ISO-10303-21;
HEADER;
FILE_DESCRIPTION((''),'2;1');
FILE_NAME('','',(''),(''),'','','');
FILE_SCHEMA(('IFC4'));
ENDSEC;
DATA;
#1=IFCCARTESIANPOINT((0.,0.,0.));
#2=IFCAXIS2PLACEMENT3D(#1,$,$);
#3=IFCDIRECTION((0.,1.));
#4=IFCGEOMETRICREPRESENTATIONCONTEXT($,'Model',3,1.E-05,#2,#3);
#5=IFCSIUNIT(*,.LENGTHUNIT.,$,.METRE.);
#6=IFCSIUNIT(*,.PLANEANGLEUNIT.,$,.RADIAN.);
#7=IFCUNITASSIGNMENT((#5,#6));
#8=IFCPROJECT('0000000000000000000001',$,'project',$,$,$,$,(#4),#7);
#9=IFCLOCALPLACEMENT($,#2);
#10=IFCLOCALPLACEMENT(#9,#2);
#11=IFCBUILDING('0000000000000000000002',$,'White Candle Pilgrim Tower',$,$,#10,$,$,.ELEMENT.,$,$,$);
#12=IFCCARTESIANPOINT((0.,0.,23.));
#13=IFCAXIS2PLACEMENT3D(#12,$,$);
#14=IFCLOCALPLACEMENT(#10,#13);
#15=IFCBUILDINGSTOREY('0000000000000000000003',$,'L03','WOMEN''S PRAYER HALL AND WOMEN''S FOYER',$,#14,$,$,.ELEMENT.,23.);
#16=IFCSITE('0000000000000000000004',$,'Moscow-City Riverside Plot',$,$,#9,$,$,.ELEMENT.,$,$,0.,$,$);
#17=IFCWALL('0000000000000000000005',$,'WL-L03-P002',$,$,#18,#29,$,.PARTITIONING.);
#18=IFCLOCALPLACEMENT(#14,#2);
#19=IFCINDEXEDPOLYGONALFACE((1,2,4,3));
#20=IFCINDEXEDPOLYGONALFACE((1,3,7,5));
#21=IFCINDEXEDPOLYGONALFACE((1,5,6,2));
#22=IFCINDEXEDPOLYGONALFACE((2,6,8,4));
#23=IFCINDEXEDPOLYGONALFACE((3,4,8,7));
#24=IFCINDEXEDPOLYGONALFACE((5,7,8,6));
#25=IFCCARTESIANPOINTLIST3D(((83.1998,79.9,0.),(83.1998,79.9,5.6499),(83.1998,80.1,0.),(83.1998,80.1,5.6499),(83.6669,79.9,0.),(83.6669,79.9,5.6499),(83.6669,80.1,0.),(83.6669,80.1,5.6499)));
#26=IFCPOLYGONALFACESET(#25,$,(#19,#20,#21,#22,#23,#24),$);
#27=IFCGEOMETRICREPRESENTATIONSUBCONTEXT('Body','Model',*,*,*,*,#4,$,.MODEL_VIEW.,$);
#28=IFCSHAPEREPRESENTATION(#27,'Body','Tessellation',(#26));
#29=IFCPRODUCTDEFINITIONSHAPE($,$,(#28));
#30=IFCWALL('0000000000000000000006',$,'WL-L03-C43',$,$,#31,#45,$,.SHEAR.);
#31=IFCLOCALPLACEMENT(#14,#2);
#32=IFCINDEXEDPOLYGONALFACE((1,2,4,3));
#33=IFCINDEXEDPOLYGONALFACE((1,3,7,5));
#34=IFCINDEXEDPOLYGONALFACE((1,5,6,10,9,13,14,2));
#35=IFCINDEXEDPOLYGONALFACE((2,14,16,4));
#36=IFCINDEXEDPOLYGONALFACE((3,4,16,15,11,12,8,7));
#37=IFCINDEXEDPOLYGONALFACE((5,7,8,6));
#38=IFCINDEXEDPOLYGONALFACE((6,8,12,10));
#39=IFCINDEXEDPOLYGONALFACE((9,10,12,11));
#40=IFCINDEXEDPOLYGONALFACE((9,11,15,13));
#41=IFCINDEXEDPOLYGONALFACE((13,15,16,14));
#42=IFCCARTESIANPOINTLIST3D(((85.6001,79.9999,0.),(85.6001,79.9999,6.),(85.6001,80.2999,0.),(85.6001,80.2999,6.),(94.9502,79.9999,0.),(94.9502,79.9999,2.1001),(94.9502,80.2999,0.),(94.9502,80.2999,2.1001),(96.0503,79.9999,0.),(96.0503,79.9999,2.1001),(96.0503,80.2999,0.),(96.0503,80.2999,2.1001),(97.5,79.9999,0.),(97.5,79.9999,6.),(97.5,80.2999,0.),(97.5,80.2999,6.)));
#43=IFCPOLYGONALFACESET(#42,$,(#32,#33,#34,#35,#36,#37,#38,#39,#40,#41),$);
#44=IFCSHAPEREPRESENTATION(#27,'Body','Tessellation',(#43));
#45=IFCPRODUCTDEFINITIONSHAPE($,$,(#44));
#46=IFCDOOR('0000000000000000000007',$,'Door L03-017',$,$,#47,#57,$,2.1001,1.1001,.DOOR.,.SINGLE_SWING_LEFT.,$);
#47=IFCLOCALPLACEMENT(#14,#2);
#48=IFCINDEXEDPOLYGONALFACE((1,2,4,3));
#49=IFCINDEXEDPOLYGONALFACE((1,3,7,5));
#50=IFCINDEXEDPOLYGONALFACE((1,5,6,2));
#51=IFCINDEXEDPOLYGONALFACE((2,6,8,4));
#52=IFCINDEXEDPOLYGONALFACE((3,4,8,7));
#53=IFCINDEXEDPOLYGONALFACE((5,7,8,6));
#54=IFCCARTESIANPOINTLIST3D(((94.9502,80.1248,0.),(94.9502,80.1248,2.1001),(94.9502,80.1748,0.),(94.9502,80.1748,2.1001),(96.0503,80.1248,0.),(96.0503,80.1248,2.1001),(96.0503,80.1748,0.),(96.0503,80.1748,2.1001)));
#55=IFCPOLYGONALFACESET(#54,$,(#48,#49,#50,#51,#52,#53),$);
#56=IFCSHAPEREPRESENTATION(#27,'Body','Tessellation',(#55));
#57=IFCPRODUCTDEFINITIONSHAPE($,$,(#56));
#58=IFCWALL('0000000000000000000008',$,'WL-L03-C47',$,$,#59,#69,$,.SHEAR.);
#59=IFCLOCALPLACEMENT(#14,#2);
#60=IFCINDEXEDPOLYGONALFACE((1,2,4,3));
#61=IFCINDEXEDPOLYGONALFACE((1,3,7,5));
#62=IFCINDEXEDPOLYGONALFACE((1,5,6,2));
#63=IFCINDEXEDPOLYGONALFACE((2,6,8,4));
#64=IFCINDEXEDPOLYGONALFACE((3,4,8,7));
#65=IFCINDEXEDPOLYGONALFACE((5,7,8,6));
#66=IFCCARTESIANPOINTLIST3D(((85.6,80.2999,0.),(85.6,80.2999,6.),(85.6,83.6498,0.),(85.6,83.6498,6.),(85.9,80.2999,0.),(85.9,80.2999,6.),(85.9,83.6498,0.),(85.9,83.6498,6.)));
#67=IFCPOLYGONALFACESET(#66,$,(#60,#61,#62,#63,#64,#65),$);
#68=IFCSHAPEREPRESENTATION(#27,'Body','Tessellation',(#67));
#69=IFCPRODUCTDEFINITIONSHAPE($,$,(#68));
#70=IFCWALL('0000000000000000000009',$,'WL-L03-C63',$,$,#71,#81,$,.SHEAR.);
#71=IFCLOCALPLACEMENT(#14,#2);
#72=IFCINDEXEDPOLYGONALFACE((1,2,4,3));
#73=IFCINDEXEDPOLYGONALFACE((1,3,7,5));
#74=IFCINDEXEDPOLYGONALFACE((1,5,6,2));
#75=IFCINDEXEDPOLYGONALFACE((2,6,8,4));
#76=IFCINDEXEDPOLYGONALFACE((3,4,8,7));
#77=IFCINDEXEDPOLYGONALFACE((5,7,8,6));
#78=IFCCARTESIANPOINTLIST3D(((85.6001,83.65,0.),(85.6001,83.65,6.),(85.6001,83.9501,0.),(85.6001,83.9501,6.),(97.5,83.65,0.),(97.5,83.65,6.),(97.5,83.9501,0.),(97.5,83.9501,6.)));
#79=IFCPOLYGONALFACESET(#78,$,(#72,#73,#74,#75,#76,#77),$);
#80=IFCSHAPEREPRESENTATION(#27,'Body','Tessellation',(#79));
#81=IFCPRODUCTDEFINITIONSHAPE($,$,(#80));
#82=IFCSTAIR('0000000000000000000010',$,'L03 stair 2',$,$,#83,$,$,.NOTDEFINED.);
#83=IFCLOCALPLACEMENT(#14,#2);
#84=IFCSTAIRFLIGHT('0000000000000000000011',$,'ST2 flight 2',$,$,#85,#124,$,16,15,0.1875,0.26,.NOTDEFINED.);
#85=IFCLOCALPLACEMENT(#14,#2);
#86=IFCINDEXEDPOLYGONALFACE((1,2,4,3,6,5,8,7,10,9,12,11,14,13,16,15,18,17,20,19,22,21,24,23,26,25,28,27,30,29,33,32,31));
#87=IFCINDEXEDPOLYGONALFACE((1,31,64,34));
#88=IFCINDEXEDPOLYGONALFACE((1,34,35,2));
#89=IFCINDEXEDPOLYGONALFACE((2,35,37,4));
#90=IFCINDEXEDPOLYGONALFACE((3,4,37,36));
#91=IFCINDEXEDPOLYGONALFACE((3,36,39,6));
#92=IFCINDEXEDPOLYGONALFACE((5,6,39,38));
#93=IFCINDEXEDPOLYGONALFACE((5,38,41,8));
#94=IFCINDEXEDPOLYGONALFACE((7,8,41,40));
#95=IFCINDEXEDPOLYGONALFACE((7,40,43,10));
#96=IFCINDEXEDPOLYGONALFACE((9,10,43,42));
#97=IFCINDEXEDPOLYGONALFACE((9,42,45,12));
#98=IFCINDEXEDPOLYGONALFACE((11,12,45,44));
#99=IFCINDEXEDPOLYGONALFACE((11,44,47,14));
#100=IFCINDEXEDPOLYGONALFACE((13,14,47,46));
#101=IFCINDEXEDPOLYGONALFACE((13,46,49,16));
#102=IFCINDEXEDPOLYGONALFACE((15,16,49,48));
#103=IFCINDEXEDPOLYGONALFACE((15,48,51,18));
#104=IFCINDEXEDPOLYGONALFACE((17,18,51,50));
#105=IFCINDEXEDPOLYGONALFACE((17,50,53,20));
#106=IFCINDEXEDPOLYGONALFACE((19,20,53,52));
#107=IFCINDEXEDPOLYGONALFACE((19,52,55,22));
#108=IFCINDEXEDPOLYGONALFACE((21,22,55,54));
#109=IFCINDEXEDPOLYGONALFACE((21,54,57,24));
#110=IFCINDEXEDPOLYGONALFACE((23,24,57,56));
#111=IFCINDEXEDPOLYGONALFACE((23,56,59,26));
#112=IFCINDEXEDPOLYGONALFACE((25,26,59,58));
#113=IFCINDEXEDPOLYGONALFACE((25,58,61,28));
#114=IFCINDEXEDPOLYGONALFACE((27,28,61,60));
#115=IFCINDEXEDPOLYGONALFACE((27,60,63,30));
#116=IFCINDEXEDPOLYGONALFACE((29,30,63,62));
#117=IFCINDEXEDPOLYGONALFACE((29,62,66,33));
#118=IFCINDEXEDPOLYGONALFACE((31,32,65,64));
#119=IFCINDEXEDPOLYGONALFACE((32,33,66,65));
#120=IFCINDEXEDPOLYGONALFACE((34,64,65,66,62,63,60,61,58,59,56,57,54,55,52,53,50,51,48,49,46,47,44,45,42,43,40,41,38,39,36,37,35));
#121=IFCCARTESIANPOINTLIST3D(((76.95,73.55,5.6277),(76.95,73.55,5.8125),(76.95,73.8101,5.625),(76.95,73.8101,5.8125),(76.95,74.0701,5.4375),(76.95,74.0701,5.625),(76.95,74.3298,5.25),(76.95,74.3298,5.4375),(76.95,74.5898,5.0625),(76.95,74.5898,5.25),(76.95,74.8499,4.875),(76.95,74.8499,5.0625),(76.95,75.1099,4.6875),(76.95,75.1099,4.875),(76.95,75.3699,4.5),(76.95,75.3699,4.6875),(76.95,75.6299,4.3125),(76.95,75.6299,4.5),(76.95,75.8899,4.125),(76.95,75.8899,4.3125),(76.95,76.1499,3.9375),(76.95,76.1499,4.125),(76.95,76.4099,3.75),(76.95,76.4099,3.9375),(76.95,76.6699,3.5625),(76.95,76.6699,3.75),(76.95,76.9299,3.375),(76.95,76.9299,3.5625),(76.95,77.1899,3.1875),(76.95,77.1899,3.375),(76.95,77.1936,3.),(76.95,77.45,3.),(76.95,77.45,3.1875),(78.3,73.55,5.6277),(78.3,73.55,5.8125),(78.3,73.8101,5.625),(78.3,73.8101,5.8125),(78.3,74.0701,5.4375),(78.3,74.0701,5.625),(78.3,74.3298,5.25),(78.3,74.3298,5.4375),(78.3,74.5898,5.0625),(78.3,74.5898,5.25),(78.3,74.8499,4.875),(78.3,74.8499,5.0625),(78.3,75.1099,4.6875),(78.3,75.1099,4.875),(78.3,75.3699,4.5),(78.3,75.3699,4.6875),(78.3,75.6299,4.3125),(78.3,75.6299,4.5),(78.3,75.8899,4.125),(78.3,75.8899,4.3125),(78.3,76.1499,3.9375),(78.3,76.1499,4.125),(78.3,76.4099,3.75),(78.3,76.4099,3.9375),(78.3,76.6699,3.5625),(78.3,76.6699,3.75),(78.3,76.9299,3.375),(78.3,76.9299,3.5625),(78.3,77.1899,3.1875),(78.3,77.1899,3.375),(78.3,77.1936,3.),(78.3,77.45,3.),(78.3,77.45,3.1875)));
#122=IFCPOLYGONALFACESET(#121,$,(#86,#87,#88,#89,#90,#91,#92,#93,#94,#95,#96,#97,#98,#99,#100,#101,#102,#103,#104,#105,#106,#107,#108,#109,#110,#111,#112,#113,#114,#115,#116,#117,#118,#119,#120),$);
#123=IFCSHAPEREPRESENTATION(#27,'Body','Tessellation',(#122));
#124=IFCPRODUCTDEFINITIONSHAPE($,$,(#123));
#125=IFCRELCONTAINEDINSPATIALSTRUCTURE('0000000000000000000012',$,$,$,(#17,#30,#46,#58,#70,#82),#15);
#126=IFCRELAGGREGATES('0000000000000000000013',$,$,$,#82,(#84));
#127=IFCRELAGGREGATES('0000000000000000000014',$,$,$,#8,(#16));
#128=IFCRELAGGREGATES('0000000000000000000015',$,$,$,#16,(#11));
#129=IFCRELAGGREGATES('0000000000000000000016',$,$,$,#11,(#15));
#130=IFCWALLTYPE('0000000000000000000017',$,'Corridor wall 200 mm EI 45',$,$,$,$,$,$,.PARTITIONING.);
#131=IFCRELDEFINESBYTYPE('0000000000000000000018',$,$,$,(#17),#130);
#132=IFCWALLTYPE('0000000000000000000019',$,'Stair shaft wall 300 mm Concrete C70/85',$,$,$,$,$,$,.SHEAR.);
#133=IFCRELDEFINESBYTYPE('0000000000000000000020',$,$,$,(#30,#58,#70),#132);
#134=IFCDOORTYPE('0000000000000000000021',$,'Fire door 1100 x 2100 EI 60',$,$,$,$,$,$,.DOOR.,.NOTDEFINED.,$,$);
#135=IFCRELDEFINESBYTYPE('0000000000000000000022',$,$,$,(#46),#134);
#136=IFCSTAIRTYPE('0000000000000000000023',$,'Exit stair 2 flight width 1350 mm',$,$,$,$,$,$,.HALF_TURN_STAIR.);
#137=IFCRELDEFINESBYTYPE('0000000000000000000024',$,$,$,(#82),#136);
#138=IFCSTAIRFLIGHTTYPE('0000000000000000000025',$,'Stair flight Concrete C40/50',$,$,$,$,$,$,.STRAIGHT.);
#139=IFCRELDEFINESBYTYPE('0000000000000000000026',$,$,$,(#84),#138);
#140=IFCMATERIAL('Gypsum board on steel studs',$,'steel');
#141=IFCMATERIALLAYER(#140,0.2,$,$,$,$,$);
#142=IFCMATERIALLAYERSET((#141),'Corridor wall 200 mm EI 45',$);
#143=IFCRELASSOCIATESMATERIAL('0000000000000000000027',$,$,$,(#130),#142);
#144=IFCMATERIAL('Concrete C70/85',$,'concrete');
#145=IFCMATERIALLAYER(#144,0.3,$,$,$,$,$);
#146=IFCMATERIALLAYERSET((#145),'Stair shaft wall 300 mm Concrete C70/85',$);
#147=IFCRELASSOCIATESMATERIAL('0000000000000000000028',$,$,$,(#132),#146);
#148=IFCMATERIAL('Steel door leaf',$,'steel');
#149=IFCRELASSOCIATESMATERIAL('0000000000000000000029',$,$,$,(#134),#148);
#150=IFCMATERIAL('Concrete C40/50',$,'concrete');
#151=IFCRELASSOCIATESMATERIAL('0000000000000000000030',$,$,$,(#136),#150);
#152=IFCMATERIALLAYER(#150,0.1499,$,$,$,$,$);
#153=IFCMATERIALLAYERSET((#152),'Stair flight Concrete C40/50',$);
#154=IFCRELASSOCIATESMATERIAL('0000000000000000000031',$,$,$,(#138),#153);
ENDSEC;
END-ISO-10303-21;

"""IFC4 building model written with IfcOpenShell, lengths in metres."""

from ifc_helpers import new_model, si_unit, direction, frame, frame_2d, origin, place, context, subcontext, project, spatial, polyline, rectangle, outline, extrude, material, layer, layer_set, type_object, element, fill, aggregate, save


model = new_model("IFC4")

# Units and contexts
model_context = context("Model", 3, precision=1e-05, world=origin(), true_north=direction((0.0, 1.0)))
body_context = subcontext(model_context, "Body", "Model", "MODEL_VIEW")
ifc_project = project(units=[si_unit("LENGTHUNIT", "METRE"), si_unit("PLANEANGLEUNIT", "RADIAN")], contexts=[model_context])

# Site, building, storey
site_placement = place(None, origin())
site = spatial("IfcSite", under=ifc_project, at=site_placement, Name="Moscow-City Riverside Plot", CompositionType="ELEMENT", RefElevation=0.0)
building_placement = place(site_placement, origin())
building = spatial("IfcBuilding", under=site, at=building_placement, Name="White Candle Pilgrim Tower", CompositionType="ELEMENT")
storey_placement = place(building_placement, frame((0.0, 0.0, 23.0)))
storey = spatial("IfcBuildingStorey", under=building, at=storey_placement, Name="L03", Description="WOMEN'S PRAYER HALL AND WOMEN'S FOYER", CompositionType="ELEMENT", Elevation=23.0)

# Shared definitions
ifc_material_1 = material(Name="Steel door leaf", Category="steel")

# Shared definitions
ifc_material_2 = material(Name="Concrete C70/85", Category="concrete")

# Shared definitions
ifc_material_3 = material(Name="Gypsum board on steel studs", Category="steel")
ifc_layer_1 = layer(ifc_material_3, 0.2)
ifc_layer_set_1 = layer_set([ifc_layer_1], Name="Corridor wall 200 mm EI 45")
wall_type_1 = type_object("IfcWallType", Name="Corridor wall 200 mm EI 45", PredefinedType="PARTITIONING", material=ifc_layer_set_1)

# Wall
wall_1_placement = place(storey_placement, frame((83.2, 80.0, 0.0), z_axis=(0.0, 0.0, 1.0), x_axis=(1.0, 0.0, 0.0)))
element("IfcWall", 1, at=wall_1_placement, inside=storey, type_object=wall_type_1, Name="WL-L03-P002", PredefinedType="PARTITIONING", context=body_context, shape_type="SweptSolid", body=[
    extrude(rectangle(XDim=0.467, YDim=0.2, at=frame_2d((0.2334, 0.0))), origin(), (0.0, 0.0, 1.0), 5.6499),
])

# Wall, opening, door
ifc_layer_2 = layer(ifc_material_2, 0.3)
ifc_layer_set_2 = layer_set([ifc_layer_2], Name="Stair shaft wall 300 mm Concrete C70/85")
wall_type_2 = type_object("IfcWallType", Name="Stair shaft wall 300 mm Concrete C70/85", PredefinedType="SHEAR", material=ifc_layer_set_2)
wall_2_placement = place(storey_placement, frame((85.6001, 80.1499, 0.0), z_axis=(0.0, 0.0, 1.0), x_axis=(1.0, 0.0, 0.0)))
wall_2 = element("IfcWall", 2, at=wall_2_placement, inside=storey, type_object=wall_type_2, Name="WL-L03-C43", PredefinedType="SHEAR", context=body_context, shape_type="SweptSolid", body=[
    extrude(rectangle(XDim=11.8999, YDim=0.3, at=frame_2d((5.95, 0.0))), origin(), (0.0, 0.0, 1.0), 6.0),
])
opening_1_placement = place(wall_2_placement, frame((9.3501, 0.0, 0.0)))
opening_1 = element("IfcOpeningElement", 3, at=opening_1_placement, cuts=wall_2, PredefinedType="OPENING", context=body_context, shape_type="SweptSolid", body=[
    extrude(rectangle(XDim=1.1001, YDim=2.1001, at=frame_2d((0.55, 1.05))), frame((0.0, 0.1599, 0.0), z_axis=(0.0, -1.0, 0.0), x_axis=(1.0, 0.0, 0.0)), (0.0, 0.0, 1.0), 0.3201),
])
door_type_1 = type_object("IfcDoorType", Name="Fire door 1100 x 2100 EI 60", OperationType="NOTDEFINED", PredefinedType="DOOR", material=ifc_material_1)
door_1_placement = place(opening_1_placement, origin())
door_1 = element("IfcDoor", 4, at=door_1_placement, inside=storey, type_object=door_type_1, Name="Door L03-017", OperationType="SINGLE_SWING_LEFT", OverallHeight=2.1001, OverallWidth=1.1001, PredefinedType="DOOR", context=body_context, shape_type="SweptSolid", body=[
    extrude(rectangle(XDim=1.1001, YDim=2.1001, at=frame_2d((0.55, 1.05))), frame((0.0, 0.0249, 0.0), z_axis=(0.0, -1.0, 0.0), x_axis=(1.0, 0.0, 0.0)), (0.0, 0.0, 1.0), 0.05),
])
fill(opening_1, door_1)

# Walls
wall_3_placement = place(storey_placement, frame((85.75, 80.3, 0.0), z_axis=(0.0, 0.0, 1.0), x_axis=(0.0, 1.0, 0.0)))
element("IfcWall", 5, at=wall_3_placement, inside=storey, type_object=wall_type_2, Name="WL-L03-C47", PredefinedType="SHEAR", context=body_context, shape_type="SweptSolid", body=[
    extrude(rectangle(XDim=3.3499, YDim=0.3, at=frame_2d((1.6748, 0.0))), origin(), (0.0, 0.0, 1.0), 6.0),
])
wall_4_placement = place(storey_placement, frame((85.6001, 83.8, 0.0), z_axis=(0.0, 0.0, 1.0), x_axis=(1.0, 0.0, 0.0)))
element("IfcWall", 6, at=wall_4_placement, inside=storey, type_object=wall_type_2, Name="WL-L03-C63", PredefinedType="SHEAR", context=body_context, shape_type="SweptSolid", body=[
    extrude(rectangle(XDim=11.8999, YDim=0.3, at=frame_2d((5.95, 0.0))), origin(), (0.0, 0.0, 1.0), 6.0),
])

# Stair, stair flight
ifc_material_4 = material(Name="Concrete C40/50", Category="concrete")
stair_type = type_object("IfcStairType", Name="Exit stair 2 flight width 1350 mm", PredefinedType="HALF_TURN_STAIR", material=ifc_material_4)
stair_placement = place(storey_placement, origin())
stair = element("IfcStair", 7, at=stair_placement, inside=storey, type_object=stair_type, Name="L03 stair 2", PredefinedType="NOTDEFINED")
ifc_layer_3 = layer(ifc_material_4, 0.1499)
ifc_layer_set_3 = layer_set([ifc_layer_3], Name="Stair flight Concrete C40/50")
stair_flight_type = type_object("IfcStairFlightType", Name="Stair flight Concrete C40/50", PredefinedType="STRAIGHT", material=ifc_layer_set_3)
stair_flight_placement = place(storey_placement, frame((77.625, 77.45, 3.0), z_axis=(0.0, 0.0, 1.0), x_axis=(0.0, -1.0, 0.0)))
stair_flight = element("IfcStairFlight", 8, at=stair_flight_placement, type_object=stair_flight_type, Name="ST2 flight 2", NumberOfRisers=16, NumberOfTreads=15, PredefinedType="NOTDEFINED", RiserHeight=0.1875, TreadLength=0.26, context=body_context, shape_type="SweptSolid", body=[
    extrude(outline(polyline([(0.0, 0.0), (0.0, 0.1875), (0.26, 0.1875), (0.26, 0.375), (0.52, 0.375), (0.52, 0.5625), (0.78, 0.5625), (0.78, 0.75), (1.04, 0.75), (1.04, 0.9375), (1.3, 0.9375), (1.3, 1.125), (1.5601, 1.125), (1.5601, 1.3125), (1.8201, 1.3125), (1.8201, 1.5), (2.0801, 1.5), (2.0801, 1.6875), (2.3401, 1.6875), (2.3401, 1.875), (2.6001, 1.875), (2.6001, 2.0625), (2.8601, 2.0625), (2.8601, 2.25), (3.1201, 2.25), (3.1201, 2.4375), (3.3799, 2.4375), (3.3799, 2.625), (3.6399, 2.625), (3.6399, 2.8125), (3.8999, 2.8125), (3.8999, 3.0), (3.8999, 2.6277), (0.2563, 0.0), (0.0, 0.0)])), frame((0.0, 0.675, 0.0), z_axis=(0.0, -1.0, 0.0), x_axis=(1.0, 0.0, 0.0)), (0.0, 0.0, 1.0), 1.3501),
])
aggregate(stair, [stair_flight])

save(model, "model.ifc")
